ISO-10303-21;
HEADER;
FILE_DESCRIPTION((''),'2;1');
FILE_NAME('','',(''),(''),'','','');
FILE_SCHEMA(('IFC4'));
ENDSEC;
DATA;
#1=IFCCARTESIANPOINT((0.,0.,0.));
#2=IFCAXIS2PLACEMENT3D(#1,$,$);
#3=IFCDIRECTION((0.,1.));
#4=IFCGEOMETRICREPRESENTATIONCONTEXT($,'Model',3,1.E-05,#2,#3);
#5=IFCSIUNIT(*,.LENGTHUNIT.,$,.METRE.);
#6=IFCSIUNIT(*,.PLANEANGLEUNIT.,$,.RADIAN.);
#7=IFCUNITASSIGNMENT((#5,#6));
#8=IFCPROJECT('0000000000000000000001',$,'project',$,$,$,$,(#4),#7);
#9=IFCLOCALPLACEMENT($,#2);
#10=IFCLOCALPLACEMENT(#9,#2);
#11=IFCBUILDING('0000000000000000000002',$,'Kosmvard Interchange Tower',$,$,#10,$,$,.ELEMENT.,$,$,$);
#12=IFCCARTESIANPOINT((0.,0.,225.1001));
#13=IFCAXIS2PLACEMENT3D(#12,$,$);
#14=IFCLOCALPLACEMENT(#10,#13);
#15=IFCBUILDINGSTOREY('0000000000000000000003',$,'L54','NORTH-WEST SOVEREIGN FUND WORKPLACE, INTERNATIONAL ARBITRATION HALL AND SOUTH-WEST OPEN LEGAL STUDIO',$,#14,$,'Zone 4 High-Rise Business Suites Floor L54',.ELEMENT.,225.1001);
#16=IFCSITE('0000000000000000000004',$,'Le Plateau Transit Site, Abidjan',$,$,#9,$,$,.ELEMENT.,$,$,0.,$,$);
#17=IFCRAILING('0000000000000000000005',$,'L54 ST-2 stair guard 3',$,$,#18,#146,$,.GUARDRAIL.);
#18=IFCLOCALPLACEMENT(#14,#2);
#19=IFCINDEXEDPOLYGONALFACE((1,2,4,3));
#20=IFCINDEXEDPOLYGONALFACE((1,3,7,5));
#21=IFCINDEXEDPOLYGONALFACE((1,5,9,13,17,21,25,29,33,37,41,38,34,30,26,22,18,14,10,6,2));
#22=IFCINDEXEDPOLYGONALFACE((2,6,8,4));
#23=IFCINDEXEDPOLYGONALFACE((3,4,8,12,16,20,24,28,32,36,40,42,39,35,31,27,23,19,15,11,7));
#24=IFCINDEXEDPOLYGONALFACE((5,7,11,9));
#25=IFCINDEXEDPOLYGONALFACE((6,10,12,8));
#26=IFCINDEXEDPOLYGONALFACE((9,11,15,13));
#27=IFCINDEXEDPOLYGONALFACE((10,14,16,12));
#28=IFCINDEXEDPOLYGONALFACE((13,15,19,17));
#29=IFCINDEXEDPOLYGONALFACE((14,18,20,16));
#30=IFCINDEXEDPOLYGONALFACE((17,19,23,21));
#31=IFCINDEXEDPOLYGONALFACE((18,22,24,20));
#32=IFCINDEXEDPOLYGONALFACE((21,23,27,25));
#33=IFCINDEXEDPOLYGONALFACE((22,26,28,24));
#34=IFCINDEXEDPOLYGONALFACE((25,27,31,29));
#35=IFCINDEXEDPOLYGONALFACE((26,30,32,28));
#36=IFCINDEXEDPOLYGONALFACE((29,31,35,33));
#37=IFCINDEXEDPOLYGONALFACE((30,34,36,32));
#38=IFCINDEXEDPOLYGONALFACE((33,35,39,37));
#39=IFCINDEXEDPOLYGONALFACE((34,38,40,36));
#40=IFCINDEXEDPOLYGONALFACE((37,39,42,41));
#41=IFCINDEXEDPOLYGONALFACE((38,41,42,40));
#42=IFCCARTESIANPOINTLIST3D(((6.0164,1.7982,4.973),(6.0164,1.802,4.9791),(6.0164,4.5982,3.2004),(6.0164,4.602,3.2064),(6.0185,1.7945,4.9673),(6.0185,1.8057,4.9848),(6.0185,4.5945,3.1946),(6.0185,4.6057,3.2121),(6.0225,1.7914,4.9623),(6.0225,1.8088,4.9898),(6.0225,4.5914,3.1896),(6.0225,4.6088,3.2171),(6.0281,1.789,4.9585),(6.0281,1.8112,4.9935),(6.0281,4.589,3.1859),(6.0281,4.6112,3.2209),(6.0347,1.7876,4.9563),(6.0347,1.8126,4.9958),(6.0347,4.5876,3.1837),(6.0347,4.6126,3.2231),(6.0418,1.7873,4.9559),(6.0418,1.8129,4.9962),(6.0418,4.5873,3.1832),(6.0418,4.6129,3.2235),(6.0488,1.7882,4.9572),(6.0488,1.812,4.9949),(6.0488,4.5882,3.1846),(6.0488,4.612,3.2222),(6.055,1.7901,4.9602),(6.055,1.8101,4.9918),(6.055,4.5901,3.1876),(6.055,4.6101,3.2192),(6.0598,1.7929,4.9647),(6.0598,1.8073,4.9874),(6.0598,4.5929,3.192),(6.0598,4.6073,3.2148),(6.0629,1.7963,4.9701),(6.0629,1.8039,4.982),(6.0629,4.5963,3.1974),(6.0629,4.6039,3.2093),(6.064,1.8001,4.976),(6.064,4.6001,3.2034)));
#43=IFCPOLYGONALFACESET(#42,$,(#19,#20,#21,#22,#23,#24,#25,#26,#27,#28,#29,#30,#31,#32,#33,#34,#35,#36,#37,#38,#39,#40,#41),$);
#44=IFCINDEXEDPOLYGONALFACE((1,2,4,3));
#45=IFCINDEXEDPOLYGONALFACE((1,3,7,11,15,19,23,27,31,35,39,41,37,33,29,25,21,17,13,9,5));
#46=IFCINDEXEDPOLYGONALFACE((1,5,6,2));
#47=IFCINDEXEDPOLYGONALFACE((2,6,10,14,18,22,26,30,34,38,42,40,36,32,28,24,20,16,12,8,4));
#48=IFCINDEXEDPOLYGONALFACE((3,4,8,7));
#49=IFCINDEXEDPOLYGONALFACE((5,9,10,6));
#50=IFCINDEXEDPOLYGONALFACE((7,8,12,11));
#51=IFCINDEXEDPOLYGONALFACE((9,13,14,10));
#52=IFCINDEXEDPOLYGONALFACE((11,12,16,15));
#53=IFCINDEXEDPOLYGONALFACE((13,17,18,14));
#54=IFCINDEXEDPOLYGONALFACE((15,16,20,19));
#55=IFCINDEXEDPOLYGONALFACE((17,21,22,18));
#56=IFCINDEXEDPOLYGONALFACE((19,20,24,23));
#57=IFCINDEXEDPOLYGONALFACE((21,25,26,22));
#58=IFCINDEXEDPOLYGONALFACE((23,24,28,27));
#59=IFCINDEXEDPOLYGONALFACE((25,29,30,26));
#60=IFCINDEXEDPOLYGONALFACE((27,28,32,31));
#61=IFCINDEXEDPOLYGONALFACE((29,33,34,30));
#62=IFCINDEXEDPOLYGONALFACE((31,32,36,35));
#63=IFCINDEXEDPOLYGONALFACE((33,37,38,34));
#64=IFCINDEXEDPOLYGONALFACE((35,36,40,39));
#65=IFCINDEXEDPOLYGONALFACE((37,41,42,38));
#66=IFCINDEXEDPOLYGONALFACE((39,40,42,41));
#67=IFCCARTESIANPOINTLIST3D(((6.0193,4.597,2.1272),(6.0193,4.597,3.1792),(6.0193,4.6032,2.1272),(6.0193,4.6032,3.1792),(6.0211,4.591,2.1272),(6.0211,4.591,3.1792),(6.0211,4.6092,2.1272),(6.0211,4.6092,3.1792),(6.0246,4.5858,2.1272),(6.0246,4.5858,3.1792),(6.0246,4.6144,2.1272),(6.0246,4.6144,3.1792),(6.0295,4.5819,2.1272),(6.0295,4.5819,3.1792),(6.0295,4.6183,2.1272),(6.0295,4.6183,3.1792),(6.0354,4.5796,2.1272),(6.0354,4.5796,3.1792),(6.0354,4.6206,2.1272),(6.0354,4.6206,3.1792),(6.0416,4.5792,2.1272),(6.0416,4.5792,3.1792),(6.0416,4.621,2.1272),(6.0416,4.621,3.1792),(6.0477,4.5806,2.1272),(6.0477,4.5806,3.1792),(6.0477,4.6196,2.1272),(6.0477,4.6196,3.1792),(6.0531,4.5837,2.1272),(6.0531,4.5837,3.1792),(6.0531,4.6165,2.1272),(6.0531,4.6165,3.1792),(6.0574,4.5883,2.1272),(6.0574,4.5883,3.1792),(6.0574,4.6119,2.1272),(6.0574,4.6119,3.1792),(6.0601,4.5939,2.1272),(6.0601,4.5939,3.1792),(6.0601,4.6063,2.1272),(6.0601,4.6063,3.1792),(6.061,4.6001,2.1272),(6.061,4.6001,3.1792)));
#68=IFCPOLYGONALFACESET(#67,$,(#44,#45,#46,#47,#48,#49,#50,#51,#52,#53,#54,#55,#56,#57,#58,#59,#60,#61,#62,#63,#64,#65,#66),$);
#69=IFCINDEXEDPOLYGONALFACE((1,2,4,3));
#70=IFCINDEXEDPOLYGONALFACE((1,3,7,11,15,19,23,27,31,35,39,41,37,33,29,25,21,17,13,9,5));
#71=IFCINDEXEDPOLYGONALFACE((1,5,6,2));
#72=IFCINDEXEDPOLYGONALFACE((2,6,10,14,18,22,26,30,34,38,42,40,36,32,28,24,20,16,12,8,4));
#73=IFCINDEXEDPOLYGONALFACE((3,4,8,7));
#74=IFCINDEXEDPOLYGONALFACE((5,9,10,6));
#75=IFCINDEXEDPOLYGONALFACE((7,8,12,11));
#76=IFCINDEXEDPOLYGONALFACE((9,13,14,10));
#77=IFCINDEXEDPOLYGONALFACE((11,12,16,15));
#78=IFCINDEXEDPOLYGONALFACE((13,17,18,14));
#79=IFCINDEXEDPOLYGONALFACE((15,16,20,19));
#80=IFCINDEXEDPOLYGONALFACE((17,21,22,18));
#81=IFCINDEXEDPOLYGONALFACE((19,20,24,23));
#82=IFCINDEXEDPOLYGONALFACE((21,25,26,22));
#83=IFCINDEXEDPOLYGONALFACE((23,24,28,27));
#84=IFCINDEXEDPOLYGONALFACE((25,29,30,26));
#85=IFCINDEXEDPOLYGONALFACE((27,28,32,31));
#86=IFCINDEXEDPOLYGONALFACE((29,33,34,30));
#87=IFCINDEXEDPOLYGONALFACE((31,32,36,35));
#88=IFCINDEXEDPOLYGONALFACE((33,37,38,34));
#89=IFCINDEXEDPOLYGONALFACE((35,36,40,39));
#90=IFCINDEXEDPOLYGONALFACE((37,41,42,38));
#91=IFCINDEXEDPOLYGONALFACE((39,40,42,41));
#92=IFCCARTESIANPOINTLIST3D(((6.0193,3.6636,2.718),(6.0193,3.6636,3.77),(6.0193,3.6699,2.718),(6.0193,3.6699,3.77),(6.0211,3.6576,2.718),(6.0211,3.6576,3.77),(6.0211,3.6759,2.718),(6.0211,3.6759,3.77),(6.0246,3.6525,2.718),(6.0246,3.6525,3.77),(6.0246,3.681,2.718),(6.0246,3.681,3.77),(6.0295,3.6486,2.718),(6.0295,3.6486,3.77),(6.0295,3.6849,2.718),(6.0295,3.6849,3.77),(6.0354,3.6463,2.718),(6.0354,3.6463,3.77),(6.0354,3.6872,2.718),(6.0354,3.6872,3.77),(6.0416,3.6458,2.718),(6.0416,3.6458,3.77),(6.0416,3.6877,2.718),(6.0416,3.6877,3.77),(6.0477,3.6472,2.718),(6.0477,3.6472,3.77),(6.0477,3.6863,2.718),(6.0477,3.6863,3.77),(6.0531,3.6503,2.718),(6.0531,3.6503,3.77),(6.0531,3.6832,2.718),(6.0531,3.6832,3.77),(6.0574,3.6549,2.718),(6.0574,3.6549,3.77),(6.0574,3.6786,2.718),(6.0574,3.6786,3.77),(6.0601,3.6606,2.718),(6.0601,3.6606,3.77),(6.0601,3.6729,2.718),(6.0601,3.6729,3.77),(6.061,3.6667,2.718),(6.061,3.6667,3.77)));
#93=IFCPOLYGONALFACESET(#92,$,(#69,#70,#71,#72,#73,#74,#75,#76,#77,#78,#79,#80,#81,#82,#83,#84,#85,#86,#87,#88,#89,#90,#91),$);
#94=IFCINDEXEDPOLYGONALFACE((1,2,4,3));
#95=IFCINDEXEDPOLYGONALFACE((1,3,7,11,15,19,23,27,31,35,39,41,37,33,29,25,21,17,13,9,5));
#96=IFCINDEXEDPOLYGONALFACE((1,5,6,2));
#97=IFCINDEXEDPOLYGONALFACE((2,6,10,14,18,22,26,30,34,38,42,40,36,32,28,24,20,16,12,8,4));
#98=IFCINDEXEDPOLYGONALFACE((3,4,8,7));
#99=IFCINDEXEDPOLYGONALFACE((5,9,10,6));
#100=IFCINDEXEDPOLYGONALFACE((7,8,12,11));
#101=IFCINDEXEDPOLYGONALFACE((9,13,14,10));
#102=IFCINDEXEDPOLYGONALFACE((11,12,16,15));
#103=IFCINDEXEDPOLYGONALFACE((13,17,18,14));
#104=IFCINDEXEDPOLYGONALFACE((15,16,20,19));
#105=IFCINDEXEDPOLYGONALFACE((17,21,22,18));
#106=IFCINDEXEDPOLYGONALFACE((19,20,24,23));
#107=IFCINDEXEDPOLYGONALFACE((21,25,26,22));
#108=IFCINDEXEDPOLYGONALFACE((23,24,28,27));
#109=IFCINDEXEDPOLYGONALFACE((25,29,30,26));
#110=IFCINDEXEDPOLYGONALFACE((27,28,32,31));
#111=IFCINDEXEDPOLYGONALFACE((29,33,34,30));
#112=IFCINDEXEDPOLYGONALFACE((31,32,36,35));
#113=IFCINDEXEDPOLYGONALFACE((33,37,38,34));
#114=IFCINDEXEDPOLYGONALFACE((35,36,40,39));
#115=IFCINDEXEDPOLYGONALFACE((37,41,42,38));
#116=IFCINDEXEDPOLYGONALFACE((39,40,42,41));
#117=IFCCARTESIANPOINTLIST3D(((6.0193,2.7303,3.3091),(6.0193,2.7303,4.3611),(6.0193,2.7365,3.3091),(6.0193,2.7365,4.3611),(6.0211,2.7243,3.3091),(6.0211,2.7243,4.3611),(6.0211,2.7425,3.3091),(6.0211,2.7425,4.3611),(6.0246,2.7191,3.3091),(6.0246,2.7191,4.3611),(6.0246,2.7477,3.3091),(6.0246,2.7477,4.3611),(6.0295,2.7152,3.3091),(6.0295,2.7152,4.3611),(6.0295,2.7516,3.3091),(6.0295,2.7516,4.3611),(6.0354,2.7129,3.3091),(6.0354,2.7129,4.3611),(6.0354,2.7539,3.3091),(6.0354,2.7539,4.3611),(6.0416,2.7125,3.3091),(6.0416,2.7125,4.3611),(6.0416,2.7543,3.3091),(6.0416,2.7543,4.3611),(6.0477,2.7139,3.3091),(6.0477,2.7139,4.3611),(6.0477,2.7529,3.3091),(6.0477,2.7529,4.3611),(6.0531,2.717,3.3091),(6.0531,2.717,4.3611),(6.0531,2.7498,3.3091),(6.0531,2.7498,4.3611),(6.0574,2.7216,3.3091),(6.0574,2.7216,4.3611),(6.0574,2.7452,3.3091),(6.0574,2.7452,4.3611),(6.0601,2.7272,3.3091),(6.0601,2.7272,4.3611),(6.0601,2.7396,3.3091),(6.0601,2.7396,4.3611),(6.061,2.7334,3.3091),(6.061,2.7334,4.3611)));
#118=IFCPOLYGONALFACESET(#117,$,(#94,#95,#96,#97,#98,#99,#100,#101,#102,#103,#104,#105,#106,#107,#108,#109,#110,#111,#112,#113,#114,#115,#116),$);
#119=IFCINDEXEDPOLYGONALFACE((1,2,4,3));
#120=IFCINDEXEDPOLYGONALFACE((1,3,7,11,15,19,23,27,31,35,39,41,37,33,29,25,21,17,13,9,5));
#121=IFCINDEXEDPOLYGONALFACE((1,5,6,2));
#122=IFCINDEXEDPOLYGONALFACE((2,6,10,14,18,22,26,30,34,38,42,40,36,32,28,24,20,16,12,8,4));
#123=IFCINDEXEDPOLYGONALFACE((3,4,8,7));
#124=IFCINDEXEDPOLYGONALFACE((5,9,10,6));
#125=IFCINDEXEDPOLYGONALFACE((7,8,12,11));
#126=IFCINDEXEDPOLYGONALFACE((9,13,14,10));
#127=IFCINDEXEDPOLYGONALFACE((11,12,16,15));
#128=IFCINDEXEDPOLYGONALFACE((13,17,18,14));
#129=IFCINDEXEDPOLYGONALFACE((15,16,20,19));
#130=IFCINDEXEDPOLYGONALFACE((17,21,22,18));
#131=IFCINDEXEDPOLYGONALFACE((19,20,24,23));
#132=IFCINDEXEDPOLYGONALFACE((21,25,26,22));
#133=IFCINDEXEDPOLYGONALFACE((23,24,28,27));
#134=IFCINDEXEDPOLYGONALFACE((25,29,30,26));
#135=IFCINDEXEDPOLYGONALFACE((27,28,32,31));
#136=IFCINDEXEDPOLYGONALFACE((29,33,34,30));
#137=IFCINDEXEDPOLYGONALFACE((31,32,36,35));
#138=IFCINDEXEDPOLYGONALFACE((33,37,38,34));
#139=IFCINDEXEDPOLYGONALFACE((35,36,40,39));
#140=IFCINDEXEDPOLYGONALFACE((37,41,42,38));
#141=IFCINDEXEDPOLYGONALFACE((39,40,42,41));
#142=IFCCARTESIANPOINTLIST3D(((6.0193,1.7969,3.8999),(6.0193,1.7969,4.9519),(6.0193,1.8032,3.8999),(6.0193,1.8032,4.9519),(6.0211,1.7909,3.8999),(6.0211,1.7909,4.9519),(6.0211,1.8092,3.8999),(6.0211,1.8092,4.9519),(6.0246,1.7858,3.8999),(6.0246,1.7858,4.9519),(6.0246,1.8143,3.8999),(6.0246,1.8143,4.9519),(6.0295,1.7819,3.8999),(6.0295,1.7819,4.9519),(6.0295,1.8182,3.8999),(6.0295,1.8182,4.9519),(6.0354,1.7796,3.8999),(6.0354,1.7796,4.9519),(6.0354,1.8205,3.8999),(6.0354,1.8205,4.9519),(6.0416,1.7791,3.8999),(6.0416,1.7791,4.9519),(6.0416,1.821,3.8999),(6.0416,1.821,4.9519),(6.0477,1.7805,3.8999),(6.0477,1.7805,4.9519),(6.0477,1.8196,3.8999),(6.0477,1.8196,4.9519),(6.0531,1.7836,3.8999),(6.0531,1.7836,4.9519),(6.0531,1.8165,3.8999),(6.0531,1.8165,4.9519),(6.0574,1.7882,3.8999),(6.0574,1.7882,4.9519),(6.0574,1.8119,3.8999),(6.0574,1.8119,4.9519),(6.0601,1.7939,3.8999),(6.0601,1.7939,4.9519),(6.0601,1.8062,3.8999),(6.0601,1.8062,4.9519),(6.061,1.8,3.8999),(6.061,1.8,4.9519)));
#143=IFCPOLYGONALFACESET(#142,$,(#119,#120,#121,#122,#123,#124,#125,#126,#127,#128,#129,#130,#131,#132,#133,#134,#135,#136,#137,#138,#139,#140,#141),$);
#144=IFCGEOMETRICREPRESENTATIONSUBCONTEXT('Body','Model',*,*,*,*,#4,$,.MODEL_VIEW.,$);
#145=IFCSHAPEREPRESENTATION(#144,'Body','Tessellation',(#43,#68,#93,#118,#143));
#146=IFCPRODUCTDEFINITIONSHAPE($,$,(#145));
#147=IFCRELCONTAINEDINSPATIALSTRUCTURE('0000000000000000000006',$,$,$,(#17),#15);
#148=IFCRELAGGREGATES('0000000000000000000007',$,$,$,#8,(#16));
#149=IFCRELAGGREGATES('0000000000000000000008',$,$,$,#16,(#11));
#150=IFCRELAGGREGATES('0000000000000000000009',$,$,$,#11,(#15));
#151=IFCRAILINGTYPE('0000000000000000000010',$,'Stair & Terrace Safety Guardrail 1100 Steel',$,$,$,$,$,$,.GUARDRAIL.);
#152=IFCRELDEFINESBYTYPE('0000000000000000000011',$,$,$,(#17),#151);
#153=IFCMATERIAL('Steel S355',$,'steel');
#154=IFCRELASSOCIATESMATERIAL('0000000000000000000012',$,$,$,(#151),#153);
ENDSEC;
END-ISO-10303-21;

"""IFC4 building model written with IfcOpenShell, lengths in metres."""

from ifc_helpers import new_model, si_unit, direction, frame, origin, origin_2d, place, context, subcontext, project, spatial, circle, extrude, source, transform, mapped, material, type_object, element, save


model = new_model("IFC4")

# Units and contexts
model_context = context("Model", 3, precision=1e-05, world=origin(), true_north=direction((0.0, 1.0)))
body_context = subcontext(model_context, "Body", "Model", "MODEL_VIEW")
ifc_project = project(units=[si_unit("LENGTHUNIT", "METRE"), si_unit("PLANEANGLEUNIT", "RADIAN")], contexts=[model_context])

# Site, building, storey
site_placement = place(None, origin())
site = spatial("IfcSite", under=ifc_project, at=site_placement, Name="Le Plateau Transit Site, Abidjan", CompositionType="ELEMENT", RefElevation=0.0)
building_placement = place(site_placement, origin())
building = spatial("IfcBuilding", under=site, at=building_placement, Name="Kosmvard Interchange Tower", CompositionType="ELEMENT")
storey_placement = place(building_placement, frame((0.0, 0.0, 225.1001)))
storey = spatial("IfcBuildingStorey", under=building, at=storey_placement, Name="L54", Description="NORTH-WEST SOVEREIGN FUND WORKPLACE, INTERNATIONAL ARBITRATION HALL AND SOUTH-WEST OPEN LEGAL STUDIO", LongName="Zone 4 High-Rise Business Suites Floor L54", CompositionType="ELEMENT", Elevation=225.1001)

# Railing
ifc_material_1 = material(Name="Steel S355", Category="steel")
railing_type_1 = type_object("IfcRailingType", Name="Stair & Terrace Safety Guardrail 1100 Steel", PredefinedType="GUARDRAIL", material=ifc_material_1)
shared_shape_1 = source(origin(), body_context, "Body", "SweptSolid", [
    extrude(circle(Radius=0.0239, at=origin_2d()), frame((0.0, 0.0, 1.0762), z_axis=(0.0, -0.844909, 0.53491), x_axis=(1.0, 0.0, 0.0)), (0.0, 0.0, 1.0), 3.314),
    extrude(circle(Radius=0.021, at=origin_2d()), origin(), (0.0, 0.0, 1.0), 1.052),
    extrude(circle(Radius=0.021, at=origin_2d()), frame((0.0, -0.9333, 0.5908)), (0.0, 0.0, 1.0), 1.052),
    extrude(circle(Radius=0.021, at=origin_2d()), frame((0.0, -1.8667, 1.1819)), (0.0, 0.0, 1.0), 1.052),
    extrude(circle(Radius=0.021, at=origin_2d()), frame((0.0, -2.8, 1.7727)), (0.0, 0.0, 1.0), 1.052),
])
railing_1_placement = place(storey_placement, frame((6.04, 4.6001, 2.1272)))
element("IfcRailing", 1, at=railing_1_placement, inside=storey, type_object=railing_type_1, Name="L54 ST-2 stair guard 3", PredefinedType="GUARDRAIL", context=body_context, shape_type="MappedRepresentation", body=[
    mapped(shared_shape_1, transform((0.0, 0.0, 0.0), scale=1.0)),
])

save(model, "model.ifc")
